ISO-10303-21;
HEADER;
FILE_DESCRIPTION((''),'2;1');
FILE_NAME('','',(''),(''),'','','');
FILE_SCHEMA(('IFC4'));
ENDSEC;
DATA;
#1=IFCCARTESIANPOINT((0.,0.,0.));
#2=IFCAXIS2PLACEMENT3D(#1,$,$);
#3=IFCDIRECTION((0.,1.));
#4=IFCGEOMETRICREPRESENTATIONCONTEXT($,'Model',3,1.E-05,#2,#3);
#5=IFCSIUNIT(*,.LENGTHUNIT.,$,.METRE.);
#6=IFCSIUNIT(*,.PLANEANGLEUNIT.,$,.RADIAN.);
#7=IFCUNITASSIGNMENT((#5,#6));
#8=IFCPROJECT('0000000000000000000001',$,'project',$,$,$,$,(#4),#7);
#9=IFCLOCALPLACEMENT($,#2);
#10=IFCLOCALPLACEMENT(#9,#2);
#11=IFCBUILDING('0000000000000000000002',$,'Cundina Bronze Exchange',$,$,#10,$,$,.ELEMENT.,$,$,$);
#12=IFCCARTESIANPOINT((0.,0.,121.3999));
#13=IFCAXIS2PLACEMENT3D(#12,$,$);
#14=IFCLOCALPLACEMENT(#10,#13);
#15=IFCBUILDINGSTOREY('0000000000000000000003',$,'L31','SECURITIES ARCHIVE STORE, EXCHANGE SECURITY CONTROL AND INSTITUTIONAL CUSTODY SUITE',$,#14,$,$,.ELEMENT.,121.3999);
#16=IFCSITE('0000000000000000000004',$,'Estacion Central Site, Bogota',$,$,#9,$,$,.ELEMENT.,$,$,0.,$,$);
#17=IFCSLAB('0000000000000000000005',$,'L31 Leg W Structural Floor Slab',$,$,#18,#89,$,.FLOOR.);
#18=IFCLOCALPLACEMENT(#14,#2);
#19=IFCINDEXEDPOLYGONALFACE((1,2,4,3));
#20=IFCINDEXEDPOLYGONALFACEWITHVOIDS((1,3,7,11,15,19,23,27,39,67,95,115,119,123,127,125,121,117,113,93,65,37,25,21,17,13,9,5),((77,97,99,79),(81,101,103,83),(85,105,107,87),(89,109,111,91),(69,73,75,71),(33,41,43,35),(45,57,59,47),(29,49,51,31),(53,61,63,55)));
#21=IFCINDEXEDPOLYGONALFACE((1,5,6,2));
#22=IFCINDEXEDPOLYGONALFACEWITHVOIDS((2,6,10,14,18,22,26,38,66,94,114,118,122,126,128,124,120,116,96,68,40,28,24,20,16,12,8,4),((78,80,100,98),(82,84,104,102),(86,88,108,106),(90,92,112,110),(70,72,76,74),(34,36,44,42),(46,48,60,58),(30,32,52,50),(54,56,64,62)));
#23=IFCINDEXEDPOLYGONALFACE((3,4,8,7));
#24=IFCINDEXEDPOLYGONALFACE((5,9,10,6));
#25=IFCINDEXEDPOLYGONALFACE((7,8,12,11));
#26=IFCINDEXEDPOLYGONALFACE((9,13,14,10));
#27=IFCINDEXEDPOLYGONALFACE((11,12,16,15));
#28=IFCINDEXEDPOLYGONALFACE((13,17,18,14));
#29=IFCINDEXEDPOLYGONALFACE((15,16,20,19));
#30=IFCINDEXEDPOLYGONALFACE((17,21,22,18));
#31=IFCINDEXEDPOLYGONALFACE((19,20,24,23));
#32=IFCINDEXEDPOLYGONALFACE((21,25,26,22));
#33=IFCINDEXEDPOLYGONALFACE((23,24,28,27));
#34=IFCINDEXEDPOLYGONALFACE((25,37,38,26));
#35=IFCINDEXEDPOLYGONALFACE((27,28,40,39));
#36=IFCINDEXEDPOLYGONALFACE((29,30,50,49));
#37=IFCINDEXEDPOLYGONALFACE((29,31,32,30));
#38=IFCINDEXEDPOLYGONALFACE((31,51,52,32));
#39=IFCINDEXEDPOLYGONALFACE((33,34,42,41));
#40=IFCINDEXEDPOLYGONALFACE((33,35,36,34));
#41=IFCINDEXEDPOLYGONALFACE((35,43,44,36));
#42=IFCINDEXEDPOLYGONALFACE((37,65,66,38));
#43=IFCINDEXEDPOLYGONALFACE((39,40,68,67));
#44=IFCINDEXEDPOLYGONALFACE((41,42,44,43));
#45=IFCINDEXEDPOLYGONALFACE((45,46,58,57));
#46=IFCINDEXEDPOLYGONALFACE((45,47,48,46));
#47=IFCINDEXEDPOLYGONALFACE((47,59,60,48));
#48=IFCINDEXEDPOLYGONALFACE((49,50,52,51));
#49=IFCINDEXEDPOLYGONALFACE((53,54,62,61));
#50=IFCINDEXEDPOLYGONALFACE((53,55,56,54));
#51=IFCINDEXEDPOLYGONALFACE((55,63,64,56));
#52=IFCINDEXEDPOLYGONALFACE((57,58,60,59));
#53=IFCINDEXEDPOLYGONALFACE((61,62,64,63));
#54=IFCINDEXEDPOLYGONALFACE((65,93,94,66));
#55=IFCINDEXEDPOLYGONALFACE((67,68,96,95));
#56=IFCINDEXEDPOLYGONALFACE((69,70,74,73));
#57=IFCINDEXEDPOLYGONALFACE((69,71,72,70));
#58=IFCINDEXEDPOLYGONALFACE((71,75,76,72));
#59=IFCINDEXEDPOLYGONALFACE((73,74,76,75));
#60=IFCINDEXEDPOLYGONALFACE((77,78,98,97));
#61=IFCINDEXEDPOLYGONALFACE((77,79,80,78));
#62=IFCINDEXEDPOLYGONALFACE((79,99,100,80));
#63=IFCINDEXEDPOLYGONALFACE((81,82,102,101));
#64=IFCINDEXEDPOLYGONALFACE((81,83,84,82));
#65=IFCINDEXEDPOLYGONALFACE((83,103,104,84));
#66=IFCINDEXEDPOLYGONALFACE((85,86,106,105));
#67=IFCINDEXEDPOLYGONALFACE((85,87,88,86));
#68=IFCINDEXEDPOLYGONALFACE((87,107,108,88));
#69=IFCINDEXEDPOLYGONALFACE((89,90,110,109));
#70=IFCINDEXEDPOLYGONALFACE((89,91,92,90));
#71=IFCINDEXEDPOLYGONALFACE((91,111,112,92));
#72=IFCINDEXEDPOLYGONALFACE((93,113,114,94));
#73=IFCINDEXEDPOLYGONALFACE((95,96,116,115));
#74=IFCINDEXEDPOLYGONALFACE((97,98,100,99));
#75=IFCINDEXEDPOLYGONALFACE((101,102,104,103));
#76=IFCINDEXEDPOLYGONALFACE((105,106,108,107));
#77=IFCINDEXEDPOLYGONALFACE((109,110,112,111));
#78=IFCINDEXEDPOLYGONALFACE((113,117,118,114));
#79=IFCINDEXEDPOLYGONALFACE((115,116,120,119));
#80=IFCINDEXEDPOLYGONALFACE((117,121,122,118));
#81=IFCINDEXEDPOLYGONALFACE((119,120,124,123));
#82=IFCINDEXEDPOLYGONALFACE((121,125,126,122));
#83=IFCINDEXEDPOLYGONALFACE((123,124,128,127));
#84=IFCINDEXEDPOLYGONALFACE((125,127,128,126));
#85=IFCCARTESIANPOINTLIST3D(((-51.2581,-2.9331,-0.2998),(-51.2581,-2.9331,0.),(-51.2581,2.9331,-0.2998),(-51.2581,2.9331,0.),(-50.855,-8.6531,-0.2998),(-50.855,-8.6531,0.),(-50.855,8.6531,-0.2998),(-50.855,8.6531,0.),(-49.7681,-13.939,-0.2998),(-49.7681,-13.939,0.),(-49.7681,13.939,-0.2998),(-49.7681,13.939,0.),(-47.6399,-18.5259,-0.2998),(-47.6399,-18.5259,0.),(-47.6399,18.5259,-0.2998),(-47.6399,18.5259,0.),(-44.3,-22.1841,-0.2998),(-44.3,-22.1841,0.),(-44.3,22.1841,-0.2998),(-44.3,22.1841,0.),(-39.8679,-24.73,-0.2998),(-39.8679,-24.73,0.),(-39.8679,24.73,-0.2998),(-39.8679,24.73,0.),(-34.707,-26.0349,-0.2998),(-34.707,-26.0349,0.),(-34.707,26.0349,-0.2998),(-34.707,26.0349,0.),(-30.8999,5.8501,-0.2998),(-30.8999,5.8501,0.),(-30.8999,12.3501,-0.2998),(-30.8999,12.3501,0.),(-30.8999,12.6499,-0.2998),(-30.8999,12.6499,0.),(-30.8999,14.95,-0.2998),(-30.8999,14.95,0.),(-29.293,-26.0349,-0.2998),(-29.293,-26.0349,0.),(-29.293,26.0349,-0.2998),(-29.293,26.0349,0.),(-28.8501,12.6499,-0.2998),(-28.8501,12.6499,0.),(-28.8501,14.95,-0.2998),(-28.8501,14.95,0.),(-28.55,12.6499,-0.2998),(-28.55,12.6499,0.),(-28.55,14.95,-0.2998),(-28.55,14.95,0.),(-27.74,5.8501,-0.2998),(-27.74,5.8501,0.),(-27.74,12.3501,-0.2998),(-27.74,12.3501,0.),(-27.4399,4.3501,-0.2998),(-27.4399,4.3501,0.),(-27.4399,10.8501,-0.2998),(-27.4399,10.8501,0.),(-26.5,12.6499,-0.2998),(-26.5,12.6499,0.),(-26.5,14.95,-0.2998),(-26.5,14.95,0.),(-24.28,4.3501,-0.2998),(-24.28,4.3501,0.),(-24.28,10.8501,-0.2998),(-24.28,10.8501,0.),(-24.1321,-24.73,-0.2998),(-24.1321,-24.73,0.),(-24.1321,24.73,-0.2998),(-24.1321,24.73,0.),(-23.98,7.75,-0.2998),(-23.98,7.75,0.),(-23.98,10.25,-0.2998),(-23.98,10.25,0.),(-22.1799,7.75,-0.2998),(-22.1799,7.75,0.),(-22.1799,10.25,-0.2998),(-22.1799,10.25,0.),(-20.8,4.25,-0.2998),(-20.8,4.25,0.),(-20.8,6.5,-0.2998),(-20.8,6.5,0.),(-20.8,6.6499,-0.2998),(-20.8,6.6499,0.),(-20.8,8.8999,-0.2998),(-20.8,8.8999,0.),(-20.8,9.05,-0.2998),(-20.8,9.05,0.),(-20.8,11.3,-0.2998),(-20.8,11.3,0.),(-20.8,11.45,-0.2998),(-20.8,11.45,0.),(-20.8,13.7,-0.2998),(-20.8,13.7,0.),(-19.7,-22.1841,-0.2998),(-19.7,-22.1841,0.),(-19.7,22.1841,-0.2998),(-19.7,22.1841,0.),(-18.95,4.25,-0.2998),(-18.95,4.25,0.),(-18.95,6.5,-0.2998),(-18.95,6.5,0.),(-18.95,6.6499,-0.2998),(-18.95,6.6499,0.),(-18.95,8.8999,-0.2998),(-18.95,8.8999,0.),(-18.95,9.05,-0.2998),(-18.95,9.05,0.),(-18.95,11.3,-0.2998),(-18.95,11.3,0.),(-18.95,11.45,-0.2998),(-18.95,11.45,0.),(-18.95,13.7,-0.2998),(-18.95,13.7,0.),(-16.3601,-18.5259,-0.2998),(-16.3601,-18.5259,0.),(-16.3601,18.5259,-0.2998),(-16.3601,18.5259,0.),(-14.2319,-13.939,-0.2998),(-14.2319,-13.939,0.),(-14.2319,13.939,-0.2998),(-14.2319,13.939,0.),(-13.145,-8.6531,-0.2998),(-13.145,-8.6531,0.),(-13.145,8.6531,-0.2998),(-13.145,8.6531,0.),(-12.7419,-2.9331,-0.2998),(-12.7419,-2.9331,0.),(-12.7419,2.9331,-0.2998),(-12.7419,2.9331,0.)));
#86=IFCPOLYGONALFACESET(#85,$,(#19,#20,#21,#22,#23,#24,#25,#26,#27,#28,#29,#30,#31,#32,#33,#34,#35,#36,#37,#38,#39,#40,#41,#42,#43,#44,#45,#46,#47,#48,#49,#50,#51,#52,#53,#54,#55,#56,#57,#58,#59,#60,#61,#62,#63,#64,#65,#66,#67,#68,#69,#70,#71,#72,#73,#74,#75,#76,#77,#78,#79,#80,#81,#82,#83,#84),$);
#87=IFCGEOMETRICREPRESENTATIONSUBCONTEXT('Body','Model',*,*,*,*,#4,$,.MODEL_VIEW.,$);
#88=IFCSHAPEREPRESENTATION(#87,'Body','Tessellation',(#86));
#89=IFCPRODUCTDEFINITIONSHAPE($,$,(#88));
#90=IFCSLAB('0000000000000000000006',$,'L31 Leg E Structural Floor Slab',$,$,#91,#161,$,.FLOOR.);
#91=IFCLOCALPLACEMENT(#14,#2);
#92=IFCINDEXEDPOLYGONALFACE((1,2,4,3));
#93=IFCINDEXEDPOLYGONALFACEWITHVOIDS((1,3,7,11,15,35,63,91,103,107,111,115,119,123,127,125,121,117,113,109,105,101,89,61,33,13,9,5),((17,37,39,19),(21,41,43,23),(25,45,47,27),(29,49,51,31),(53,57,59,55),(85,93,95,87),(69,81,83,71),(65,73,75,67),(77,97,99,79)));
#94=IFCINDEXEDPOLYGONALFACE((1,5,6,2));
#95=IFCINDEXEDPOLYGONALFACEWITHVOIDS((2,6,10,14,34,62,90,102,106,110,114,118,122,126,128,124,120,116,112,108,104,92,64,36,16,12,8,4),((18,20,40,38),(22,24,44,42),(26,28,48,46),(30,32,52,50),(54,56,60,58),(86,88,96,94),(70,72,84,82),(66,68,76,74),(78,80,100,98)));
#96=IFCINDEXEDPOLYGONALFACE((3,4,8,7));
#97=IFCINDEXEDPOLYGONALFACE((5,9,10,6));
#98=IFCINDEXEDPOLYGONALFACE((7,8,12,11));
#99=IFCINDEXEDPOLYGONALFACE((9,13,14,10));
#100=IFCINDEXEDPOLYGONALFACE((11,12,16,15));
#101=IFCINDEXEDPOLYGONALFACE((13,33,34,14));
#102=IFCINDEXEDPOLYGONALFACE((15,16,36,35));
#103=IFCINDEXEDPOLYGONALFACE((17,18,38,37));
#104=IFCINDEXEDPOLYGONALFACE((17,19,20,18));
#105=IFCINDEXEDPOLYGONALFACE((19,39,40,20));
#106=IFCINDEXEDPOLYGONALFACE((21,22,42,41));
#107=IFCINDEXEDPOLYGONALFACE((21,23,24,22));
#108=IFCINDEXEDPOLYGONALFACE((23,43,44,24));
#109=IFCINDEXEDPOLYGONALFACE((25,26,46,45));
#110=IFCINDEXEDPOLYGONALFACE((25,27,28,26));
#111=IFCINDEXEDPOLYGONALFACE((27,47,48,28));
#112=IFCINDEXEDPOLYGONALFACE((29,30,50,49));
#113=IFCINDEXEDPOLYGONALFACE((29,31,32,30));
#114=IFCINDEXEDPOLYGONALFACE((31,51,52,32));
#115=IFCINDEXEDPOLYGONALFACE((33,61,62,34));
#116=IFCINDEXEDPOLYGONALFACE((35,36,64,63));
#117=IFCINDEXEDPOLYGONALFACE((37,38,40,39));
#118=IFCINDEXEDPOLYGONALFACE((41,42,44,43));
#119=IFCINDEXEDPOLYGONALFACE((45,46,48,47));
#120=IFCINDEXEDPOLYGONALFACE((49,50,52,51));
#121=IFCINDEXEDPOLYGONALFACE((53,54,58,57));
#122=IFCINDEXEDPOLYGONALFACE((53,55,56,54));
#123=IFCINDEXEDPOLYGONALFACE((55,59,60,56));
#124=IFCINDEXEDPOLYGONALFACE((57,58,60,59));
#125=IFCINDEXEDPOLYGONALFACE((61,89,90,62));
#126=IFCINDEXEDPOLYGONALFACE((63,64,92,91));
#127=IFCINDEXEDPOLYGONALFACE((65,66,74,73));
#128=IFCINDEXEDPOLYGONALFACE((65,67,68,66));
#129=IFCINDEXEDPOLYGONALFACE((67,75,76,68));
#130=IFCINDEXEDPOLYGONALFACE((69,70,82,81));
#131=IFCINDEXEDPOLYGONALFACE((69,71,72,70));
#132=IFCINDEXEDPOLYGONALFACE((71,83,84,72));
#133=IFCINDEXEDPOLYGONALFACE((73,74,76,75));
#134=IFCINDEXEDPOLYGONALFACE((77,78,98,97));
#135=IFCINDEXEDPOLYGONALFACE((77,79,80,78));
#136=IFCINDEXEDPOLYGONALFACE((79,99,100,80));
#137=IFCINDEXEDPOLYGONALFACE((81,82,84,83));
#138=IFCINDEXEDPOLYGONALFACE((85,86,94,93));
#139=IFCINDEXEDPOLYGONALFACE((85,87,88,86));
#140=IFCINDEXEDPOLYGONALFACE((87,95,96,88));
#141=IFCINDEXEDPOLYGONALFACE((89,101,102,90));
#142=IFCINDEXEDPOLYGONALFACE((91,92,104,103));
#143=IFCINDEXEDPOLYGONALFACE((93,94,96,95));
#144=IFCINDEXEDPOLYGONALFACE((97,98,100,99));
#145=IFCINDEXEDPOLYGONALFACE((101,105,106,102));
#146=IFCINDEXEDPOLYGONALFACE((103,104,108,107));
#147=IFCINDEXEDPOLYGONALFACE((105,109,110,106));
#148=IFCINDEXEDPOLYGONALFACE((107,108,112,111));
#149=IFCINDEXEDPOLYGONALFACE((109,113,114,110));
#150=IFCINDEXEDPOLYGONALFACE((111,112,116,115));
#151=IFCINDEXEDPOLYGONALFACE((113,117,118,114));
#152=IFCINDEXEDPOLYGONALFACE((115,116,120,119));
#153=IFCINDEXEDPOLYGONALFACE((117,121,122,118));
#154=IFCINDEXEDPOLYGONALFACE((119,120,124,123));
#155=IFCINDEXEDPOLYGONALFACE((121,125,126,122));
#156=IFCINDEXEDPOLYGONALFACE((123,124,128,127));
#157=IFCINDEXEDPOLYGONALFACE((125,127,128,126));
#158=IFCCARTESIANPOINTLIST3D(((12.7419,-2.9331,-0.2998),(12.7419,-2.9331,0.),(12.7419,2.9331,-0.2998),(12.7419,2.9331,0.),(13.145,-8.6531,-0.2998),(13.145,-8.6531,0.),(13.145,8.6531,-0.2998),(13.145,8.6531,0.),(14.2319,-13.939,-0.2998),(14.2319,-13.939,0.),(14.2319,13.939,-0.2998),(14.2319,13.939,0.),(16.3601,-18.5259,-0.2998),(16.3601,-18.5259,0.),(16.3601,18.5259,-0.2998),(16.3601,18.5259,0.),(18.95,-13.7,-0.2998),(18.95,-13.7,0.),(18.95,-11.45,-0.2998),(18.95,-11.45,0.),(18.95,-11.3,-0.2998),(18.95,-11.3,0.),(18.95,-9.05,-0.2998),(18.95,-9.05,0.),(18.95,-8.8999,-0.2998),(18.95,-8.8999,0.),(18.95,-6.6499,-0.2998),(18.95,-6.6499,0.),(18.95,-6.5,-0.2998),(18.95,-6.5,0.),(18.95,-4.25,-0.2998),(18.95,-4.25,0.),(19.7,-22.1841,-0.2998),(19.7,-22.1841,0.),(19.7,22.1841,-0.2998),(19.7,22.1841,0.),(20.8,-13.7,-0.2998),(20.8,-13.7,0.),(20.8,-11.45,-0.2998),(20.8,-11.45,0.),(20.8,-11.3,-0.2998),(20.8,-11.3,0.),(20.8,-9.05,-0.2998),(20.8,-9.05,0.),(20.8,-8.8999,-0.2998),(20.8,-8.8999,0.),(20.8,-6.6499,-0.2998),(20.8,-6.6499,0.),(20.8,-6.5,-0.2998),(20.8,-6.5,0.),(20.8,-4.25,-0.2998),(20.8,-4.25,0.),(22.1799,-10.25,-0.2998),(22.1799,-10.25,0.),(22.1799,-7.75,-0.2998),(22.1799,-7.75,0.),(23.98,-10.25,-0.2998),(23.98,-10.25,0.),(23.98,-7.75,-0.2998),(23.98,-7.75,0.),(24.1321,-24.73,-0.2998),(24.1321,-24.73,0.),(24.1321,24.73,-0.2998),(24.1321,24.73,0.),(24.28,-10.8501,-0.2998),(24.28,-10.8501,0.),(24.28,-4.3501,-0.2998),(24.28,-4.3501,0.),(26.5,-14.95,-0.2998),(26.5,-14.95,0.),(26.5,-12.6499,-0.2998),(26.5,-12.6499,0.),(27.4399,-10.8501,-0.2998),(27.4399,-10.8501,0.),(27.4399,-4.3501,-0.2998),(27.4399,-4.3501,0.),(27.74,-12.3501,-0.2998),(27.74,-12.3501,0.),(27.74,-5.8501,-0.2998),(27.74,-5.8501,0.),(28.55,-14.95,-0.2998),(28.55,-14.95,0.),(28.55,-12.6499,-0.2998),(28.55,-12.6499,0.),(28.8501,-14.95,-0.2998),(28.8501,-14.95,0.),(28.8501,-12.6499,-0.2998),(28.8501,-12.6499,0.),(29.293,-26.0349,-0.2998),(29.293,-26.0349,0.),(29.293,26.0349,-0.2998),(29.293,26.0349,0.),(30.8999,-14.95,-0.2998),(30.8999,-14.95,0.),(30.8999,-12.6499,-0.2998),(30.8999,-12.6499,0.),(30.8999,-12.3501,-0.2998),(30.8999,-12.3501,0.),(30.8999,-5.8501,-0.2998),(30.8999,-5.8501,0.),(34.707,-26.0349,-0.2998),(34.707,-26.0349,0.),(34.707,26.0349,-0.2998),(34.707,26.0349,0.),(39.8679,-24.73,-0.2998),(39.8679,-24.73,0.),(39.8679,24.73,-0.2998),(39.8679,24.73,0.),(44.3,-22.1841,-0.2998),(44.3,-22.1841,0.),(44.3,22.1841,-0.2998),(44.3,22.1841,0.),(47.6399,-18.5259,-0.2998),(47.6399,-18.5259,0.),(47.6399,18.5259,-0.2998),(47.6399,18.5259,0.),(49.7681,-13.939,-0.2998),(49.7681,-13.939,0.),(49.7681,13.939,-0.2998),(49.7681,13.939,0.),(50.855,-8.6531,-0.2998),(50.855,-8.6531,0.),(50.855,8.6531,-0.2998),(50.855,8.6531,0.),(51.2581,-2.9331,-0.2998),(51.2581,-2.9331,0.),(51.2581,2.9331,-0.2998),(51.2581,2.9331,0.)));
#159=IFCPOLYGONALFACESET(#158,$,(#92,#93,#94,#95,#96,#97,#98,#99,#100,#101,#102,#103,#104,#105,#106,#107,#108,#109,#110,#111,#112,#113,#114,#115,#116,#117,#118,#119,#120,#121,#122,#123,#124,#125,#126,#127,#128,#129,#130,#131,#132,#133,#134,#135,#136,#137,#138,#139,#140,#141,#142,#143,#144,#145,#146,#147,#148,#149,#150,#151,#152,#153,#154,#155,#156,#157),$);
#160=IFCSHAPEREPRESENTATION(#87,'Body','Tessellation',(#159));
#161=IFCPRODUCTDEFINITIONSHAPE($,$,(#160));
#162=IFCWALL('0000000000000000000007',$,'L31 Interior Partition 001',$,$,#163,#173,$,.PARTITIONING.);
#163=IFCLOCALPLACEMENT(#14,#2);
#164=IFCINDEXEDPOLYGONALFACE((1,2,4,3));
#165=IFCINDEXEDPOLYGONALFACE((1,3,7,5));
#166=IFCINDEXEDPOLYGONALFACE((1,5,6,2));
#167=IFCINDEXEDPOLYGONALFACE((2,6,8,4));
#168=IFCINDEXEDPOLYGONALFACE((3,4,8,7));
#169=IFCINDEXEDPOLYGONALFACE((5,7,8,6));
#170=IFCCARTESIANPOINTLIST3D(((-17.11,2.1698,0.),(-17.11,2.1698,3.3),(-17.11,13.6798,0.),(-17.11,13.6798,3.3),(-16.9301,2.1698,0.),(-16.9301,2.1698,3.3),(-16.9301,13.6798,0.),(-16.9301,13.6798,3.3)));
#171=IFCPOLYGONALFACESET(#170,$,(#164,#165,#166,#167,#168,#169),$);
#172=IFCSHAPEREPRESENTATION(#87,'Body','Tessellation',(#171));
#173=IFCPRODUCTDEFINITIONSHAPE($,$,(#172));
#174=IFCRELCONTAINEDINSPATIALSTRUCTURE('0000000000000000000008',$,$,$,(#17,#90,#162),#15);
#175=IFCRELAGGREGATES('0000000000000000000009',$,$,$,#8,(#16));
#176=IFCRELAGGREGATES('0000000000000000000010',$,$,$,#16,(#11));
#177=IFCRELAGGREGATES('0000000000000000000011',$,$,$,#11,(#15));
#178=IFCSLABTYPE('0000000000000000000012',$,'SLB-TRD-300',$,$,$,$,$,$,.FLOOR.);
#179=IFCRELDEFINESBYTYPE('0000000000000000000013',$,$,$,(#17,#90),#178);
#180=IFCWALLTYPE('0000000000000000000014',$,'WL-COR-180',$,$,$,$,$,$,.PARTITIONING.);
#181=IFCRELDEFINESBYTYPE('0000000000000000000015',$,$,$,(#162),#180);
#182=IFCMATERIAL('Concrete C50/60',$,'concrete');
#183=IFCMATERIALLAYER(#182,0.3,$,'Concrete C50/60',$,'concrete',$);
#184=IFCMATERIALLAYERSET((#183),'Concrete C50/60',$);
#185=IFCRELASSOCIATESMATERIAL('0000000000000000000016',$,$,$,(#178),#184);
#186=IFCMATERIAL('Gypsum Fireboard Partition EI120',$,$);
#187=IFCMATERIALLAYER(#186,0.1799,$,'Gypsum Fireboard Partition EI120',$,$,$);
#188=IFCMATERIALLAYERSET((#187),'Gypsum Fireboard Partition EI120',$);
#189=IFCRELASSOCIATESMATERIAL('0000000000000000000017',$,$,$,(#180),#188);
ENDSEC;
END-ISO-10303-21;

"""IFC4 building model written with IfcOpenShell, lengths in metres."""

from ifc_helpers import new_model, si_unit, direction, frame, frame_2d, origin, place, context, subcontext, project, spatial, polyline, rectangle, outline, extrude, material, layer, layer_set, type_object, element, save


model = new_model("IFC4")

# Units and contexts
model_context = context("Model", 3, precision=1e-05, world=origin(), true_north=direction((0.0, 1.0)))
body_context = subcontext(model_context, "Body", "Model", "MODEL_VIEW")
ifc_project = project(units=[si_unit("LENGTHUNIT", "METRE"), si_unit("PLANEANGLEUNIT", "RADIAN")], contexts=[model_context])

# Site, building, storey
site_placement = place(None, origin())
site = spatial("IfcSite", under=ifc_project, at=site_placement, Name="Estacion Central Site, Bogota", CompositionType="ELEMENT", RefElevation=0.0)
building_placement = place(site_placement, origin())
building = spatial("IfcBuilding", under=site, at=building_placement, Name="Cundina Bronze Exchange", CompositionType="ELEMENT")
storey_placement = place(building_placement, frame((0.0, 0.0, 121.3999)))
storey = spatial("IfcBuildingStorey", under=building, at=storey_placement, Name="L31", Description="SECURITIES ARCHIVE STORE, EXCHANGE SECURITY CONTROL AND INSTITUTIONAL CUSTODY SUITE", CompositionType="ELEMENT", Elevation=121.3999)

# Slabs
ifc_material_1 = material(Name="Concrete C50/60", Category="concrete")
ifc_layer_1 = layer(ifc_material_1, 0.3, Name="Concrete C50/60", Category="concrete")
ifc_layer_set_1 = layer_set([ifc_layer_1], Name="Concrete C50/60")
slab_type_1 = type_object("IfcSlabType", Name="SLB-TRD-300", PredefinedType="FLOOR", material=ifc_layer_set_1)
slab_1_placement = place(storey_placement, frame((0.0, 0.0, -0.2998)))
element("IfcSlab", 1, at=slab_1_placement, inside=storey, type_object=slab_type_1, Name="L31 Leg W Structural Floor Slab", PredefinedType="FLOOR", context=body_context, shape_type="SweptSolid", body=[
    extrude(outline(polyline([(-12.7419, 2.9331), (-13.145, 8.6531), (-14.2319, 13.939), (-16.3601, 18.5259), (-19.7, 22.1841), (-24.1321, 24.73), (-29.293, 26.0349), (-34.707, 26.0349), (-39.8679, 24.73), (-44.3, 22.1841), (-47.6399, 18.5259), (-49.7681, 13.939), (-50.855, 8.6531), (-51.2581, 2.9331), (-51.2581, -2.9331), (-50.855, -8.6531), (-49.7681, -13.939), (-47.6399, -18.5259), (-44.3, -22.1841), (-39.8679, -24.73), (-34.707, -26.0349), (-29.293, -26.0349), (-24.1321, -24.73), (-19.7, -22.1841), (-16.3601, -18.5259), (-14.2319, -13.939), (-13.145, -8.6531), (-12.7419, -2.9331), (-12.7419, 2.9331)]), holes=[polyline([(-27.74, 5.8501), (-27.74, 12.3501), (-30.8999, 12.3501), (-30.8999, 5.8501), (-27.74, 5.8501)]), polyline([(-27.4399, 10.8501), (-27.4399, 4.3501), (-24.28, 4.3501), (-24.28, 10.8501), (-27.4399, 10.8501)]), polyline([(-23.98, 10.25), (-22.1799, 10.25), (-22.1799, 7.75), (-23.98, 7.75), (-23.98, 10.25)]), polyline([(-30.8999, 14.95), (-28.8501, 14.95), (-28.8501, 12.6499), (-30.8999, 12.6499), (-30.8999, 14.95)]), polyline([(-28.55, 14.95), (-26.5, 14.95), (-26.5, 12.6499), (-28.55, 12.6499), (-28.55, 14.95)]), polyline([(-20.8, 13.7), (-18.95, 13.7), (-18.95, 11.45), (-20.8, 11.45), (-20.8, 13.7)]), polyline([(-20.8, 11.3), (-18.95, 11.3), (-18.95, 9.05), (-20.8, 9.05), (-20.8, 11.3)]), polyline([(-20.8, 8.8999), (-18.95, 8.8999), (-18.95, 6.6499), (-20.8, 6.6499), (-20.8, 8.8999)]), polyline([(-20.8, 6.5), (-18.95, 6.5), (-18.95, 4.25), (-20.8, 4.25), (-20.8, 6.5)])]), origin(), (0.0, 0.0, 1.0), 0.2998),
])
slab_2_placement = place(storey_placement, frame((0.0, 0.0, -0.2998)))
element("IfcSlab", 2, at=slab_2_placement, inside=storey, type_object=slab_type_1, Name="L31 Leg E Structural Floor Slab", PredefinedType="FLOOR", context=body_context, shape_type="SweptSolid", body=[
    extrude(outline(polyline([(51.2581, 2.9331), (50.855, 8.6531), (49.7681, 13.939), (47.6399, 18.5259), (44.3, 22.1841), (39.8679, 24.73), (34.707, 26.0349), (29.293, 26.0349), (24.1321, 24.73), (19.7, 22.1841), (16.3601, 18.5259), (14.2319, 13.939), (13.145, 8.6531), (12.7419, 2.9331), (12.7419, -2.9331), (13.145, -8.6531), (14.2319, -13.939), (16.3601, -18.5259), (19.7, -22.1841), (24.1321, -24.73), (29.293, -26.0349), (34.707, -26.0349), (39.8679, -24.73), (44.3, -22.1841), (47.6399, -18.5259), (49.7681, -13.939), (50.855, -8.6531), (51.2581, -2.9331), (51.2581, 2.9331)]), holes=[polyline([(27.74, -5.8501), (27.74, -12.3501), (30.8999, -12.3501), (30.8999, -5.8501), (27.74, -5.8501)]), polyline([(27.4399, -10.8501), (27.4399, -4.3501), (24.28, -4.3501), (24.28, -10.8501), (27.4399, -10.8501)]), polyline([(22.1799, -7.75), (23.98, -7.75), (23.98, -10.25), (22.1799, -10.25), (22.1799, -7.75)]), polyline([(28.8501, -12.6499), (30.8999, -12.6499), (30.8999, -14.95), (28.8501, -14.95), (28.8501, -12.6499)]), polyline([(26.5, -12.6499), (28.55, -12.6499), (28.55, -14.95), (26.5, -14.95), (26.5, -12.6499)]), polyline([(18.95, -11.45), (20.8, -11.45), (20.8, -13.7), (18.95, -13.7), (18.95, -11.45)]), polyline([(18.95, -9.05), (20.8, -9.05), (20.8, -11.3), (18.95, -11.3), (18.95, -9.05)]), polyline([(18.95, -6.6499), (20.8, -6.6499), (20.8, -8.8999), (18.95, -8.8999), (18.95, -6.6499)]), polyline([(18.95, -4.25), (20.8, -4.25), (20.8, -6.5), (18.95, -6.5), (18.95, -4.25)])]), origin(), (0.0, 0.0, 1.0), 0.2998),
])

# Wall
ifc_material_2 = material(Name="Gypsum Fireboard Partition EI120")
ifc_layer_2 = layer(ifc_material_2, 0.1799, Name="Gypsum Fireboard Partition EI120")
ifc_layer_set_2 = layer_set([ifc_layer_2], Name="Gypsum Fireboard Partition EI120")
wall_type_1 = type_object("IfcWallType", Name="WL-COR-180", PredefinedType="PARTITIONING", material=ifc_layer_set_2)
wall_1_placement = place(storey_placement, frame((-17.02, 2.1699, 0.0), z_axis=(0.0, 0.0, 1.0), x_axis=(0.0, 1.0, 0.0)))
element("IfcWall", 3, at=wall_1_placement, inside=storey, type_object=wall_type_1, Name="L31 Interior Partition 001", PredefinedType="PARTITIONING", context=body_context, shape_type="SweptSolid", body=[
    extrude(rectangle(XDim=11.51, YDim=0.1799, at=frame_2d((5.7549, 0.0))), origin(), (0.0, 0.0, 1.0), 3.3),
])

save(model, "model.ifc")
